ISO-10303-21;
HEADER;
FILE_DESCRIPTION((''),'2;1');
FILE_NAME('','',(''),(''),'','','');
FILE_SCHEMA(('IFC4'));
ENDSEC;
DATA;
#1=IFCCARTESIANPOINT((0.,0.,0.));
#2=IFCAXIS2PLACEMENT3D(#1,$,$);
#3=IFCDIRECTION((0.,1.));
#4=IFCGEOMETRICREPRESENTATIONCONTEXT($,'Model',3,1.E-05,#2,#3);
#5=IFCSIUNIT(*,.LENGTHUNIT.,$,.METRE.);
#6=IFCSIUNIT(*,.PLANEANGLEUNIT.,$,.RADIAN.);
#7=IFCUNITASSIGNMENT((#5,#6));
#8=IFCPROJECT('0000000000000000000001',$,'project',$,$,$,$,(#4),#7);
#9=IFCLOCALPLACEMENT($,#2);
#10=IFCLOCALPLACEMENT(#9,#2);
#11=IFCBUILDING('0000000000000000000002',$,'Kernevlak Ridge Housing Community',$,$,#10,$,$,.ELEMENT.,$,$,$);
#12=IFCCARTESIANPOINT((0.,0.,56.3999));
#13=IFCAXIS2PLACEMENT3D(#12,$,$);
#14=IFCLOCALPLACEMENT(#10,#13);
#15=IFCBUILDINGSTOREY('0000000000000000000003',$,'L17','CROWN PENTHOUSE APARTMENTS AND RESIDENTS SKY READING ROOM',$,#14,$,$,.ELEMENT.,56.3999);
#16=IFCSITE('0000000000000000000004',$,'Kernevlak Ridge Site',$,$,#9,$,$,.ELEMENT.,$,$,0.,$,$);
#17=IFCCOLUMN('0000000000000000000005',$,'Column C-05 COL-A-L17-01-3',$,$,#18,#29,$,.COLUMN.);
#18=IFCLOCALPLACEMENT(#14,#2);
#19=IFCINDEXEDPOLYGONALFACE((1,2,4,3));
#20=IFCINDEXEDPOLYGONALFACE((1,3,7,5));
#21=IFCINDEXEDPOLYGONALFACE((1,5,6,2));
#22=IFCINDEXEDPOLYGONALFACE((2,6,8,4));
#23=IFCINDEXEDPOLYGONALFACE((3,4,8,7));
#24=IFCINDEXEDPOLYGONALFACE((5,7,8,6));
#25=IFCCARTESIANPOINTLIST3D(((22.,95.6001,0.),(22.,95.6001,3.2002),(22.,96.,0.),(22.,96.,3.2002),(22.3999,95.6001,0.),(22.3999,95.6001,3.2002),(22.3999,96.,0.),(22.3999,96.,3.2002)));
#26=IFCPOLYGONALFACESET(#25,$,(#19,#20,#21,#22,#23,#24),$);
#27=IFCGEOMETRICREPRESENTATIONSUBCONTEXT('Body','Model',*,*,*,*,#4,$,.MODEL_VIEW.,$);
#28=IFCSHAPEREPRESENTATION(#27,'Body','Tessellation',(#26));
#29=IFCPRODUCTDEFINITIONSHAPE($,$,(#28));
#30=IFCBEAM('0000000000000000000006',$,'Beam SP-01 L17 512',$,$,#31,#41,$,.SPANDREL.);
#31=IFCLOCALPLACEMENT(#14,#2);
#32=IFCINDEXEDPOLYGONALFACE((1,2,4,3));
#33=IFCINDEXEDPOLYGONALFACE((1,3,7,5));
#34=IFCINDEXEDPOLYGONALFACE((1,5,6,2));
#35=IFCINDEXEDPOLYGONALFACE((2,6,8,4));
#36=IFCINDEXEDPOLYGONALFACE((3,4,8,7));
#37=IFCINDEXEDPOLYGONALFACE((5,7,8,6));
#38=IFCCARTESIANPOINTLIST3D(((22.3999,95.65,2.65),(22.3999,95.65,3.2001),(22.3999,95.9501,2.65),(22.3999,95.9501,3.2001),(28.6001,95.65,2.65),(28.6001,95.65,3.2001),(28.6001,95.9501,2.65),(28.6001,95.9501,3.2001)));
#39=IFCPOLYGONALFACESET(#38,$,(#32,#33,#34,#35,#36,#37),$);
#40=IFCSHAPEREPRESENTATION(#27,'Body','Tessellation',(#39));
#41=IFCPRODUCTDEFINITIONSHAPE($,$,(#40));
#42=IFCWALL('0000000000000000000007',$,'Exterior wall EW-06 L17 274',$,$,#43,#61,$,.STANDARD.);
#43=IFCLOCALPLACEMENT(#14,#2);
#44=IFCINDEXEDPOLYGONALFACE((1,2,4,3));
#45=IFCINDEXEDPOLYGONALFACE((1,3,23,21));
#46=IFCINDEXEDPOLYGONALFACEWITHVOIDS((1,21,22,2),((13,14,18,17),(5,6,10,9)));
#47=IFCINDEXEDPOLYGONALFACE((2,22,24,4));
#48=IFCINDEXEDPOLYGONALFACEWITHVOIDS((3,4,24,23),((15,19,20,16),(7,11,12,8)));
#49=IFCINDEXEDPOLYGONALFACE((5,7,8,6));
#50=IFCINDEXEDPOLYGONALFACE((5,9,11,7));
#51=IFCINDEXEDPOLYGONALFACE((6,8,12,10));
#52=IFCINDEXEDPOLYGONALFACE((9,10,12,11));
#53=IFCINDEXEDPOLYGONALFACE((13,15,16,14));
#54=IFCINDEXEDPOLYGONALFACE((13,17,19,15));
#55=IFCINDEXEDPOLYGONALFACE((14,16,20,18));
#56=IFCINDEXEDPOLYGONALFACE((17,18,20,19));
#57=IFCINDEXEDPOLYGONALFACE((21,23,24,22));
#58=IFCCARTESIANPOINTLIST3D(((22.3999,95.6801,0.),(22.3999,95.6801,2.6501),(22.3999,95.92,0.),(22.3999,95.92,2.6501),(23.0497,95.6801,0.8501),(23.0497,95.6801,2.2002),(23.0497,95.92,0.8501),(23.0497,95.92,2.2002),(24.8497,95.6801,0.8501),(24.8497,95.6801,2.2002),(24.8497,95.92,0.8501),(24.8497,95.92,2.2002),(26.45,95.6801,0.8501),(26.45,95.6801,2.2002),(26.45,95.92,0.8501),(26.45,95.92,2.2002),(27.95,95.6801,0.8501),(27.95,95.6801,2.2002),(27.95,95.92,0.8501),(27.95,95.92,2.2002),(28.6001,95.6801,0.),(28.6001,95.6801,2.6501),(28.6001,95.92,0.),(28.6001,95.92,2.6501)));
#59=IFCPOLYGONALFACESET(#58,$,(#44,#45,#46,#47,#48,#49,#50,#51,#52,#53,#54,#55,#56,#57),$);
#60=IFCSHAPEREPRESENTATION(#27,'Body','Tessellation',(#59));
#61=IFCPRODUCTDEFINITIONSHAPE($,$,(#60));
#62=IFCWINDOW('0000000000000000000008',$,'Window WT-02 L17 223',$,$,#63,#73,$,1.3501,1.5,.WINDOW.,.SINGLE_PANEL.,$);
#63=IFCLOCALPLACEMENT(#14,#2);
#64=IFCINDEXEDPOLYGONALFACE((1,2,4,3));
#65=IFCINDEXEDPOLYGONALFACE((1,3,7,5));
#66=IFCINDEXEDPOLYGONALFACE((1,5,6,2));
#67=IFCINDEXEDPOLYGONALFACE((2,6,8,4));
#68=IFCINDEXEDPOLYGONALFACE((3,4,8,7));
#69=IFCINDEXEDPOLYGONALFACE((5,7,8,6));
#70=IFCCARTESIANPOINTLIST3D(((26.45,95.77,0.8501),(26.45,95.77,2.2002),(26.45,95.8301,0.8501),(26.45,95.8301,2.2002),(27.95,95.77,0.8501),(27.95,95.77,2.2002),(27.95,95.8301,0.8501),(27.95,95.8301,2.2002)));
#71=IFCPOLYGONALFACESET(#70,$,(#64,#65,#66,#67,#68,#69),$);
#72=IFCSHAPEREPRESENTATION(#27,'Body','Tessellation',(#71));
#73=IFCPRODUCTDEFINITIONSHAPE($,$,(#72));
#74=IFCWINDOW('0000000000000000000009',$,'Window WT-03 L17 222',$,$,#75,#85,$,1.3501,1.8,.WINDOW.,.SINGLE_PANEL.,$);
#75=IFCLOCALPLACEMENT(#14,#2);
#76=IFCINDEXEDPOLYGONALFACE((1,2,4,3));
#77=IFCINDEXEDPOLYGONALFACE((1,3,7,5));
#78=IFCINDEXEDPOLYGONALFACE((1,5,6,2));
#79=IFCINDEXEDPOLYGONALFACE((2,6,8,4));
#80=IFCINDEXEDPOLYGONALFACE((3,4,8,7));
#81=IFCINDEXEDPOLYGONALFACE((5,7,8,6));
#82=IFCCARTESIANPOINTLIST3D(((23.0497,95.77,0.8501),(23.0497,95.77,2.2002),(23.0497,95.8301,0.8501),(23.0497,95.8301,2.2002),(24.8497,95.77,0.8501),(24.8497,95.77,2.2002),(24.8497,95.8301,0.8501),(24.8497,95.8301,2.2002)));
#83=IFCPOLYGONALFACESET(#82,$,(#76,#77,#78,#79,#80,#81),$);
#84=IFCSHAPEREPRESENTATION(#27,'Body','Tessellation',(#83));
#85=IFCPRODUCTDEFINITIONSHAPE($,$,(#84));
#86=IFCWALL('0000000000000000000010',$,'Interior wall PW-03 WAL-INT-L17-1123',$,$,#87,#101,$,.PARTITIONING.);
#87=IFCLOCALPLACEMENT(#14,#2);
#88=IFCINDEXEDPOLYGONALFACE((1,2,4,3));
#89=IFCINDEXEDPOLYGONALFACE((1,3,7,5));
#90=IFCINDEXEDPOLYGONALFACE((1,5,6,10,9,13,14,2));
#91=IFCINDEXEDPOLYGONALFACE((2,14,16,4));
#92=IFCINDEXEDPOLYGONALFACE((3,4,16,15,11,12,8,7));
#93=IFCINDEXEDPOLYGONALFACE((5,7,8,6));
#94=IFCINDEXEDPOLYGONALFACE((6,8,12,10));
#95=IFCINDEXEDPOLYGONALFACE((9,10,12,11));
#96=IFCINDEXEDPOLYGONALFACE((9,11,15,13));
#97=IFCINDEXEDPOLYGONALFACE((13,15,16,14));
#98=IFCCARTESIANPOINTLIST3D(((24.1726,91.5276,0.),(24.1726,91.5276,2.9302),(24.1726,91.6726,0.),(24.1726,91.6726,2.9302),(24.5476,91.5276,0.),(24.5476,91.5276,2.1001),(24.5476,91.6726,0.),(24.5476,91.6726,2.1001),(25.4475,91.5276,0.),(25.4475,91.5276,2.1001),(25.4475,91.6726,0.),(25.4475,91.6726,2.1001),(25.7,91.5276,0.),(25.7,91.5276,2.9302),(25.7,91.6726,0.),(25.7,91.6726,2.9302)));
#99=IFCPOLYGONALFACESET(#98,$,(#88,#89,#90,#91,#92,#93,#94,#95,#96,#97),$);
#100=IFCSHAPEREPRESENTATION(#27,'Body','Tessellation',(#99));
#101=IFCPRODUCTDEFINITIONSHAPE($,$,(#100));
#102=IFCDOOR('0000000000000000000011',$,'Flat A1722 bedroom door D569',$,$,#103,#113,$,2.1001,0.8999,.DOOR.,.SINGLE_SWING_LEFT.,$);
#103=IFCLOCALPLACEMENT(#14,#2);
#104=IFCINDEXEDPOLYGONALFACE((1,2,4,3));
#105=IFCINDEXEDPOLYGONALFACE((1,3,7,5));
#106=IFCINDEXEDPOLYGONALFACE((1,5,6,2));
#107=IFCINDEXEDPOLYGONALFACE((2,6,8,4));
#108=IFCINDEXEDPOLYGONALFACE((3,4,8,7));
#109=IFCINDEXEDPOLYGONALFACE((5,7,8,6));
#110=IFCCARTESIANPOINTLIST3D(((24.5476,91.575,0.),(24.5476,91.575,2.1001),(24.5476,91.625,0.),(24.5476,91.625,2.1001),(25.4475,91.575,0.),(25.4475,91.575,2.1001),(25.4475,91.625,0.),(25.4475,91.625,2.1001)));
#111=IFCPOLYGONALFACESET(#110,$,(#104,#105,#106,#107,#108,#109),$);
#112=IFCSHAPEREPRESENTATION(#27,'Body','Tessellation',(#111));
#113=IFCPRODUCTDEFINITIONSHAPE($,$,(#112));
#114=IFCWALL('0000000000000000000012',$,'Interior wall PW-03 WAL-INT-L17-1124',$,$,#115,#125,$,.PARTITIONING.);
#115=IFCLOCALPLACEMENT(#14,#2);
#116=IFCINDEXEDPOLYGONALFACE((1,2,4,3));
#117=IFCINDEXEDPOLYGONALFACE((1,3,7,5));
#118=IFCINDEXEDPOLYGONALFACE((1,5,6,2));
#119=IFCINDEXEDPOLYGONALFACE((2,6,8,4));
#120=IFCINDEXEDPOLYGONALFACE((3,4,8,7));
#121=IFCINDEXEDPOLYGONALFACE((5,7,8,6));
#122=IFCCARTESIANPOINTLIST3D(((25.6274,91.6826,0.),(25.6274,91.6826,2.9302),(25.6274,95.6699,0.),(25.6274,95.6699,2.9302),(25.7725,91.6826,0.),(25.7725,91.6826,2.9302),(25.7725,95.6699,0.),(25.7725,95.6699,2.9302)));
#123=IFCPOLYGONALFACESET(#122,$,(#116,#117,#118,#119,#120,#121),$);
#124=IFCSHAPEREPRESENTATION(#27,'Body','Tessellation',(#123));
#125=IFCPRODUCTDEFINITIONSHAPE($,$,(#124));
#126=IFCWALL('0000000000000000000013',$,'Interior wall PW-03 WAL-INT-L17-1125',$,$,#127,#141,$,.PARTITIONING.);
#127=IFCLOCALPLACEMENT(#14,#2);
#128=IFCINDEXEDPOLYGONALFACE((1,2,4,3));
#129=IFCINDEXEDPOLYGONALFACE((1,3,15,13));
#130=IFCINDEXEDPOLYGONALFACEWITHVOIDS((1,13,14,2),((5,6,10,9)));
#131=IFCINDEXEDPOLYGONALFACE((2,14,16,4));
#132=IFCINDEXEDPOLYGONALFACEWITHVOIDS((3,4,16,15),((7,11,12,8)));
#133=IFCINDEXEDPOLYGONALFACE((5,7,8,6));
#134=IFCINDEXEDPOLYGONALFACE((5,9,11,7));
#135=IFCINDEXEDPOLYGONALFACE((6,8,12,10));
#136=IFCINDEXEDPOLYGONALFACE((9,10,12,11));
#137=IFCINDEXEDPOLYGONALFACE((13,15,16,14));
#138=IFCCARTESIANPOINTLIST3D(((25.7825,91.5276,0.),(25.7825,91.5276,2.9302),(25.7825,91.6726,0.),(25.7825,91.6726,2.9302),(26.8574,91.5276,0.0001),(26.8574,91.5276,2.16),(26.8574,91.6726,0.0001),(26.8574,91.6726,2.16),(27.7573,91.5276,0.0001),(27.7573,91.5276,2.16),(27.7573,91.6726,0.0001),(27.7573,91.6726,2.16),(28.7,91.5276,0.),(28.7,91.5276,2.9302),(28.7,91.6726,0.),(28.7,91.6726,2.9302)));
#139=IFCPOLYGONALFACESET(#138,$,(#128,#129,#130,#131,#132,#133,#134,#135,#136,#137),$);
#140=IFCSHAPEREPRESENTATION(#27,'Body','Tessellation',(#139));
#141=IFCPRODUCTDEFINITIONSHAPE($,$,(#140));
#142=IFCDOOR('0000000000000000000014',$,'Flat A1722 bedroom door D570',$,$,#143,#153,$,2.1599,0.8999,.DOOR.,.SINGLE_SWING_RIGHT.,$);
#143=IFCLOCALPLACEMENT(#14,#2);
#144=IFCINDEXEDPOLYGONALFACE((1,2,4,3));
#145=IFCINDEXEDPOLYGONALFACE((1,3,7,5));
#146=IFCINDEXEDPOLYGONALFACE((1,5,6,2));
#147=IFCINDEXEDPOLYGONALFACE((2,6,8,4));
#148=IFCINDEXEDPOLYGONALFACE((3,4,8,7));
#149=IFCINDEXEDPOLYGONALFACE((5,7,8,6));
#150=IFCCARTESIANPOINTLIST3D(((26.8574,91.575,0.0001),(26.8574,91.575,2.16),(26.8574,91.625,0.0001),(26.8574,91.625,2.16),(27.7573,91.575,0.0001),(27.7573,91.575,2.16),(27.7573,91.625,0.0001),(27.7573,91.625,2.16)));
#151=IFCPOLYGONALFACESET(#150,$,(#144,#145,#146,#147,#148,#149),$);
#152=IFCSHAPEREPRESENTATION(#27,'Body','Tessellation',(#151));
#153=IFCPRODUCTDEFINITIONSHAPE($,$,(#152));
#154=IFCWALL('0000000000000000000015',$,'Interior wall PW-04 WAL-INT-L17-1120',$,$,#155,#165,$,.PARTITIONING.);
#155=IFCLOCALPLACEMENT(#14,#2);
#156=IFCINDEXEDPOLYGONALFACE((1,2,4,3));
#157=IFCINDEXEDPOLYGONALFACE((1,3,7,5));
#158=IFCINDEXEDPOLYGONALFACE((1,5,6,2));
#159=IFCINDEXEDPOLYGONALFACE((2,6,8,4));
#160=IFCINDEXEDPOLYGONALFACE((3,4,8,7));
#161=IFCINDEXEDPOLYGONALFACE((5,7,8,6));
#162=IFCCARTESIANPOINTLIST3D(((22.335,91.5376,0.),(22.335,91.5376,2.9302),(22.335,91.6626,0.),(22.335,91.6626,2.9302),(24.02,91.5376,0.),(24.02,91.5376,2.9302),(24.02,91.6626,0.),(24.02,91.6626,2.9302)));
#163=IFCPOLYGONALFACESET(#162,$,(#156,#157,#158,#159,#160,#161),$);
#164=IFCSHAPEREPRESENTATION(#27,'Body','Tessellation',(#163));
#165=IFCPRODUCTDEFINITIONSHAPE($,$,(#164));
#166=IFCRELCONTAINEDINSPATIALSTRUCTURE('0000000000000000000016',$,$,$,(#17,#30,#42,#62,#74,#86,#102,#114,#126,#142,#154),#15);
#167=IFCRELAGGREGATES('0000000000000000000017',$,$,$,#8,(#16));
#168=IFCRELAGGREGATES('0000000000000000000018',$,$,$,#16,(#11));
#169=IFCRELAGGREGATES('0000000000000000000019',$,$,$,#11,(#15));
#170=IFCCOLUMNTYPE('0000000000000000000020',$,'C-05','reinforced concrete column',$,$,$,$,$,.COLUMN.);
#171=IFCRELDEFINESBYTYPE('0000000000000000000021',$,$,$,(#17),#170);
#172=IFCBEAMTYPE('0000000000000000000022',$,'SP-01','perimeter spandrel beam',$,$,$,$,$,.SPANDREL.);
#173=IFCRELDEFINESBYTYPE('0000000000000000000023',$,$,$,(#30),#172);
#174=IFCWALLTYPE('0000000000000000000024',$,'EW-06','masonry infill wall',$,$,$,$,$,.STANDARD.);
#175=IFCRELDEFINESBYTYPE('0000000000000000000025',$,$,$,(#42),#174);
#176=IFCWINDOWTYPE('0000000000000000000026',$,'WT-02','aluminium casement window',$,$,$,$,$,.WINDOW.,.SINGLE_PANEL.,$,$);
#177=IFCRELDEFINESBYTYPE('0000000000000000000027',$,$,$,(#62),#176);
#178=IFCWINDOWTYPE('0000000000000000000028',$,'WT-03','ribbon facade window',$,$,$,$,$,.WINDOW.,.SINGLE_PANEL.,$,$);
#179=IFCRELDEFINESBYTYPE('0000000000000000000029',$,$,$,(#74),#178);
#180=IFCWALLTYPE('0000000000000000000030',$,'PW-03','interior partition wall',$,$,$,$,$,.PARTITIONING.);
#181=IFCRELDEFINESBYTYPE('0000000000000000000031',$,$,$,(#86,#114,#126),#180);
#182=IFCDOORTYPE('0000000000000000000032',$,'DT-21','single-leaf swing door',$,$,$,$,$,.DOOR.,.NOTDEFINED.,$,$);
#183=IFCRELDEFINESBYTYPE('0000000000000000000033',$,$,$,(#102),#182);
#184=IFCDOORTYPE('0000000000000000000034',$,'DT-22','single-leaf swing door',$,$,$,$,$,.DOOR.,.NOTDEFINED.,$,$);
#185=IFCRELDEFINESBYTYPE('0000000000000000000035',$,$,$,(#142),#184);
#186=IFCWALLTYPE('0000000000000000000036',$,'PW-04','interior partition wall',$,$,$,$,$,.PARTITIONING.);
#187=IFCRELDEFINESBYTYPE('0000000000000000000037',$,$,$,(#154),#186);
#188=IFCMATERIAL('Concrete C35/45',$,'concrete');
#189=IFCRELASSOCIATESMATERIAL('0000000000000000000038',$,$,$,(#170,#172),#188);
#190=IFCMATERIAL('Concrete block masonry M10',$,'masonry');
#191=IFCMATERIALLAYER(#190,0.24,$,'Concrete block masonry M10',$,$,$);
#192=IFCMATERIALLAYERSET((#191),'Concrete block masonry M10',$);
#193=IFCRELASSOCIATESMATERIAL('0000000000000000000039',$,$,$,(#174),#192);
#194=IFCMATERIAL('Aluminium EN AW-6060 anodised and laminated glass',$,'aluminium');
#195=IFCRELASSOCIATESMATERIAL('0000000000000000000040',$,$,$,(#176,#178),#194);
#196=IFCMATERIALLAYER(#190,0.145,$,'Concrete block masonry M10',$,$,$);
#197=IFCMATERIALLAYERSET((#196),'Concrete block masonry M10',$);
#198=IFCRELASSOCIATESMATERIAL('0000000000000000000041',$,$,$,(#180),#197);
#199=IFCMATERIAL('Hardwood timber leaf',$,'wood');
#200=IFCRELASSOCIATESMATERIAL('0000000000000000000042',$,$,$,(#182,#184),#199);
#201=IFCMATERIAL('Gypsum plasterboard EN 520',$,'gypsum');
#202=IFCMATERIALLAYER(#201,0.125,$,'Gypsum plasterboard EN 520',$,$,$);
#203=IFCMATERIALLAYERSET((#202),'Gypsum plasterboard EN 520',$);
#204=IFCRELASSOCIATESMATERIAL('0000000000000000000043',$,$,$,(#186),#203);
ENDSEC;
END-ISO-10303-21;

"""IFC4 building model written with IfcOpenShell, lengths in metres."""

from ifc_helpers import new_model, si_unit, direction, frame, frame_2d, origin, origin_2d, place, context, subcontext, project, spatial, rectangle, extrude, material, layer, layer_set, material_profile, profile_set, type_object, element, fill, save


model = new_model("IFC4")

# Units and contexts
model_context = context("Model", 3, precision=1e-05, world=origin(), true_north=direction((0.0, 1.0)))
body_context = subcontext(model_context, "Body", "Model", "MODEL_VIEW")
ifc_project = project(units=[si_unit("LENGTHUNIT", "METRE"), si_unit("PLANEANGLEUNIT", "RADIAN")], contexts=[model_context])

# Site, building, storey
site_placement = place(None, origin())
site = spatial("IfcSite", under=ifc_project, at=site_placement, Name="Kernevlak Ridge Site", CompositionType="ELEMENT", RefElevation=0.0)
building_placement = place(site_placement, origin())
building = spatial("IfcBuilding", under=site, at=building_placement, Name="Kernevlak Ridge Housing Community", CompositionType="ELEMENT")
storey_placement = place(building_placement, frame((0.0, 0.0, 56.3999)))
storey = spatial("IfcBuildingStorey", under=building, at=storey_placement, Name="L17", Description="CROWN PENTHOUSE APARTMENTS AND RESIDENTS SKY READING ROOM", CompositionType="ELEMENT", Elevation=56.3999)

# Column
ifc_material_1 = material(Name="Concrete C35/45", Category="concrete")
ifc_material_profile_1 = material_profile(ifc_material_1, rectangle(XDim=0.3999, YDim=0.3999, at=origin_2d()), Name="RC 400x400")
ifc_profile_set_1 = profile_set([ifc_material_profile_1], Name="Concrete C35/45")
column_type = type_object("IfcColumnType", Name="C-05", Description="reinforced concrete column", PredefinedType="COLUMN", material=ifc_profile_set_1)
column_placement = place(storey_placement, frame((22.2, 95.8, 0.0), z_axis=(0.0, 0.0, 1.0), x_axis=(1.0, 0.0, 0.0)))
element("IfcColumn", 1, at=column_placement, inside=storey, type_object=column_type, Name="Column C-05 COL-A-L17-01-3", PredefinedType="COLUMN", context=body_context, shape_type="SweptSolid", body=[
    extrude(rectangle(XDim=0.3999, YDim=0.3999, at=origin_2d()), origin(), (0.0, 0.0, 1.0), 3.2002),
])

# Beam
ifc_material_profile_2 = material_profile(ifc_material_1, rectangle(XDim=0.3, YDim=0.55, at=origin_2d()), Name="RC 300x550")
ifc_profile_set_2 = profile_set([ifc_material_profile_2], Name="Concrete C35/45")
beam_type = type_object("IfcBeamType", Name="SP-01", Description="perimeter spandrel beam", PredefinedType="SPANDREL", material=ifc_profile_set_2)
beam_placement = place(storey_placement, frame((22.3999, 95.8, 2.925), z_axis=(1.0, 0.0, 0.0), x_axis=(0.0, 1.0, 0.0)))
element("IfcBeam", 2, at=beam_placement, inside=storey, type_object=beam_type, Name="Beam SP-01 L17 512", PredefinedType="SPANDREL", context=body_context, shape_type="SweptSolid", body=[
    extrude(rectangle(XDim=0.3, YDim=0.55, at=origin_2d()), origin(), (0.0, 0.0, 1.0), 6.2002),
])

# Wall, openings, windows
ifc_material_2 = material(Name="Concrete block masonry M10", Category="masonry")
ifc_layer_1 = layer(ifc_material_2, 0.24, Name="Concrete block masonry M10")
ifc_layer_set_1 = layer_set([ifc_layer_1], Name="Concrete block masonry M10")
wall_type_1 = type_object("IfcWallType", Name="EW-06", Description="masonry infill wall", PredefinedType="STANDARD", material=ifc_layer_set_1)
wall_1_placement = place(storey_placement, frame((22.3999, 95.8, 0.0), z_axis=(0.0, 0.0, 1.0), x_axis=(1.0, 0.0, 0.0)))
wall_1 = element("IfcWall", 3, at=wall_1_placement, inside=storey, type_object=wall_type_1, Name="Exterior wall EW-06 L17 274", PredefinedType="STANDARD", context=body_context, shape_type="SweptSolid", body=[
    extrude(rectangle(XDim=6.2002, YDim=0.24, at=frame_2d((3.1001, 0.0))), origin(), (0.0, 0.0, 1.0), 2.6501),
])
opening_1_placement = place(wall_1_placement, frame((0.6499, 0.0, 0.8501)))
opening_1 = element("IfcOpeningElement", 4, at=opening_1_placement, cuts=wall_1, PredefinedType="OPENING", context=body_context, shape_type="SweptSolid", body=[
    extrude(rectangle(XDim=1.8, YDim=1.3501, at=frame_2d((0.8999, 0.675))), frame((0.0, 0.1299, 0.0), z_axis=(0.0, -1.0, 0.0), x_axis=(1.0, 0.0, 0.0)), (0.0, 0.0, 1.0), 0.26),
])
opening_2_placement = place(wall_1_placement, frame((4.05, 0.0, 0.8501)))
opening_2 = element("IfcOpeningElement", 5, at=opening_2_placement, cuts=wall_1, PredefinedType="OPENING", context=body_context, shape_type="SweptSolid", body=[
    extrude(rectangle(XDim=1.5, YDim=1.3501, at=frame_2d((0.75, 0.675))), frame((0.0, 0.1299, 0.0), z_axis=(0.0, -1.0, 0.0), x_axis=(1.0, 0.0, 0.0)), (0.0, 0.0, 1.0), 0.26),
])
ifc_material_3 = material(Name="Aluminium EN AW-6060 anodised and laminated glass", Category="aluminium")
window_type_1 = type_object("IfcWindowType", Name="WT-02", Description="aluminium casement window", PartitioningType="SINGLE_PANEL", PredefinedType="WINDOW", material=ifc_material_3)
window_1_placement = place(opening_2_placement, origin())
window_1 = element("IfcWindow", 6, at=window_1_placement, inside=storey, type_object=window_type_1, Name="Window WT-02 L17 223", OverallHeight=1.3501, OverallWidth=1.5, PartitioningType="SINGLE_PANEL", PredefinedType="WINDOW", context=body_context, shape_type="SweptSolid", body=[
    extrude(rectangle(XDim=1.5, YDim=1.3501, at=frame_2d((0.75, 0.675))), frame((0.0, 0.03, 0.0), z_axis=(0.0, -1.0, 0.0), x_axis=(1.0, 0.0, 0.0)), (0.0, 0.0, 1.0), 0.0601),
])
fill(opening_2, window_1)
window_type_2 = type_object("IfcWindowType", Name="WT-03", Description="ribbon facade window", PartitioningType="SINGLE_PANEL", PredefinedType="WINDOW", material=ifc_material_3)
window_2_placement = place(opening_1_placement, origin())
window_2 = element("IfcWindow", 7, at=window_2_placement, inside=storey, type_object=window_type_2, Name="Window WT-03 L17 222", OverallHeight=1.3501, OverallWidth=1.8, PartitioningType="SINGLE_PANEL", PredefinedType="WINDOW", context=body_context, shape_type="SweptSolid", body=[
    extrude(rectangle(XDim=1.8, YDim=1.3501, at=frame_2d((0.8999, 0.675))), frame((0.0, 0.03, 0.0), z_axis=(0.0, -1.0, 0.0), x_axis=(1.0, 0.0, 0.0)), (0.0, 0.0, 1.0), 0.0601),
])
fill(opening_1, window_2)

# Wall, opening, door
ifc_layer_2 = layer(ifc_material_2, 0.145, Name="Concrete block masonry M10")
ifc_layer_set_2 = layer_set([ifc_layer_2], Name="Concrete block masonry M10")
wall_type_2 = type_object("IfcWallType", Name="PW-03", Description="interior partition wall", PredefinedType="PARTITIONING", material=ifc_layer_set_2)
wall_2_placement = place(storey_placement, frame((24.1726, 91.6001, 0.0), z_axis=(0.0, 0.0, 1.0), x_axis=(1.0, 0.0, 0.0)))
wall_2 = element("IfcWall", 8, at=wall_2_placement, inside=storey, type_object=wall_type_2, Name="Interior wall PW-03 WAL-INT-L17-1123", PredefinedType="PARTITIONING", context=body_context, shape_type="SweptSolid", body=[
    extrude(rectangle(XDim=1.5273, YDim=0.145, at=frame_2d((0.7637, 0.0))), origin(), (0.0, 0.0, 1.0), 2.9302),
])
opening_3_placement = place(wall_2_placement, frame((0.375, 0.0, 0.0)))
opening_3 = element("IfcOpeningElement", 9, at=opening_3_placement, cuts=wall_2, PredefinedType="OPENING", context=body_context, shape_type="SweptSolid", body=[
    extrude(rectangle(XDim=0.8999, YDim=2.1001, at=frame_2d((0.45, 1.05))), frame((0.0, 0.0825, 0.0), z_axis=(0.0, -1.0, 0.0), x_axis=(1.0, 0.0, 0.0)), (0.0, 0.0, 1.0), 0.165),
])
ifc_material_4 = material(Name="Hardwood timber leaf", Category="wood")
door_type_1 = type_object("IfcDoorType", Name="DT-21", Description="single-leaf swing door", OperationType="NOTDEFINED", PredefinedType="DOOR", material=ifc_material_4)
door_1_placement = place(opening_3_placement, origin())
door_1 = element("IfcDoor", 10, at=door_1_placement, inside=storey, type_object=door_type_1, Name="Flat A1722 bedroom door D569", OperationType="SINGLE_SWING_LEFT", OverallHeight=2.1001, OverallWidth=0.8999, PredefinedType="DOOR", context=body_context, shape_type="SweptSolid", body=[
    extrude(rectangle(XDim=0.8999, YDim=2.1001, at=frame_2d((0.45, 1.05))), frame((0.0, 0.0249, 0.0), z_axis=(0.0, -1.0, 0.0), x_axis=(1.0, 0.0, 0.0)), (0.0, 0.0, 1.0), 0.05),
])
fill(opening_3, door_1)

# Wall
wall_3_placement = place(storey_placement, frame((25.7, 91.6826, 0.0), z_axis=(0.0, 0.0, 1.0), x_axis=(0.0, 1.0, 0.0)))
element("IfcWall", 11, at=wall_3_placement, inside=storey, type_object=wall_type_2, Name="Interior wall PW-03 WAL-INT-L17-1124", PredefinedType="PARTITIONING", context=body_context, shape_type="SweptSolid", body=[
    extrude(rectangle(XDim=3.9873, YDim=0.145, at=frame_2d((1.9937, 0.0))), origin(), (0.0, 0.0, 1.0), 2.9302),
])

# Wall, opening, door
wall_4_placement = place(storey_placement, frame((25.7825, 91.6001, 0.0), z_axis=(0.0, 0.0, 1.0), x_axis=(1.0, 0.0, 0.0)))
wall_4 = element("IfcWall", 12, at=wall_4_placement, inside=storey, type_object=wall_type_2, Name="Interior wall PW-03 WAL-INT-L17-1125", PredefinedType="PARTITIONING", context=body_context, shape_type="SweptSolid", body=[
    extrude(rectangle(XDim=2.9175, YDim=0.145, at=frame_2d((1.4587, 0.0))), origin(), (0.0, 0.0, 1.0), 2.9302),
])
opening_4_placement = place(wall_4_placement, frame((1.075, 0.0, 0.0)))
opening_4 = element("IfcOpeningElement", 13, at=opening_4_placement, cuts=wall_4, PredefinedType="OPENING", context=body_context, shape_type="SweptSolid", body=[
    extrude(rectangle(XDim=0.8999, YDim=2.1599, at=frame_2d((0.45, 1.0801))), frame((0.0, 0.0825, 0.0), z_axis=(0.0, -1.0, 0.0), x_axis=(1.0, 0.0, 0.0)), (0.0, 0.0, 1.0), 0.165),
])
door_type_2 = type_object("IfcDoorType", Name="DT-22", Description="single-leaf swing door", OperationType="NOTDEFINED", PredefinedType="DOOR", material=ifc_material_4)
door_2_placement = place(opening_4_placement, origin())
door_2 = element("IfcDoor", 14, at=door_2_placement, inside=storey, type_object=door_type_2, Name="Flat A1722 bedroom door D570", OperationType="SINGLE_SWING_RIGHT", OverallHeight=2.1599, OverallWidth=0.8999, PredefinedType="DOOR", context=body_context, shape_type="SweptSolid", body=[
    extrude(rectangle(XDim=0.8999, YDim=2.1599, at=frame_2d((0.45, 1.0801))), frame((0.0, 0.0249, 0.0), z_axis=(0.0, -1.0, 0.0), x_axis=(1.0, 0.0, 0.0)), (0.0, 0.0, 1.0), 0.05),
])
fill(opening_4, door_2)

# Wall
ifc_material_5 = material(Name="Gypsum plasterboard EN 520", Category="gypsum")
ifc_layer_3 = layer(ifc_material_5, 0.125, Name="Gypsum plasterboard EN 520")
ifc_layer_set_3 = layer_set([ifc_layer_3], Name="Gypsum plasterboard EN 520")
wall_type_3 = type_object("IfcWallType", Name="PW-04", Description="interior partition wall", PredefinedType="PARTITIONING", material=ifc_layer_set_3)
wall_5_placement = place(storey_placement, frame((22.335, 91.6001, 0.0), z_axis=(0.0, 0.0, 1.0), x_axis=(1.0, 0.0, 0.0)))
element("IfcWall", 15, at=wall_5_placement, inside=storey, type_object=wall_type_3, Name="Interior wall PW-04 WAL-INT-L17-1120", PredefinedType="PARTITIONING", context=body_context, shape_type="SweptSolid", body=[
    extrude(rectangle(XDim=1.6851, YDim=0.125, at=frame_2d((0.8425, 0.0))), origin(), (0.0, 0.0, 1.0), 2.9302),
])

save(model, "model.ifc")
